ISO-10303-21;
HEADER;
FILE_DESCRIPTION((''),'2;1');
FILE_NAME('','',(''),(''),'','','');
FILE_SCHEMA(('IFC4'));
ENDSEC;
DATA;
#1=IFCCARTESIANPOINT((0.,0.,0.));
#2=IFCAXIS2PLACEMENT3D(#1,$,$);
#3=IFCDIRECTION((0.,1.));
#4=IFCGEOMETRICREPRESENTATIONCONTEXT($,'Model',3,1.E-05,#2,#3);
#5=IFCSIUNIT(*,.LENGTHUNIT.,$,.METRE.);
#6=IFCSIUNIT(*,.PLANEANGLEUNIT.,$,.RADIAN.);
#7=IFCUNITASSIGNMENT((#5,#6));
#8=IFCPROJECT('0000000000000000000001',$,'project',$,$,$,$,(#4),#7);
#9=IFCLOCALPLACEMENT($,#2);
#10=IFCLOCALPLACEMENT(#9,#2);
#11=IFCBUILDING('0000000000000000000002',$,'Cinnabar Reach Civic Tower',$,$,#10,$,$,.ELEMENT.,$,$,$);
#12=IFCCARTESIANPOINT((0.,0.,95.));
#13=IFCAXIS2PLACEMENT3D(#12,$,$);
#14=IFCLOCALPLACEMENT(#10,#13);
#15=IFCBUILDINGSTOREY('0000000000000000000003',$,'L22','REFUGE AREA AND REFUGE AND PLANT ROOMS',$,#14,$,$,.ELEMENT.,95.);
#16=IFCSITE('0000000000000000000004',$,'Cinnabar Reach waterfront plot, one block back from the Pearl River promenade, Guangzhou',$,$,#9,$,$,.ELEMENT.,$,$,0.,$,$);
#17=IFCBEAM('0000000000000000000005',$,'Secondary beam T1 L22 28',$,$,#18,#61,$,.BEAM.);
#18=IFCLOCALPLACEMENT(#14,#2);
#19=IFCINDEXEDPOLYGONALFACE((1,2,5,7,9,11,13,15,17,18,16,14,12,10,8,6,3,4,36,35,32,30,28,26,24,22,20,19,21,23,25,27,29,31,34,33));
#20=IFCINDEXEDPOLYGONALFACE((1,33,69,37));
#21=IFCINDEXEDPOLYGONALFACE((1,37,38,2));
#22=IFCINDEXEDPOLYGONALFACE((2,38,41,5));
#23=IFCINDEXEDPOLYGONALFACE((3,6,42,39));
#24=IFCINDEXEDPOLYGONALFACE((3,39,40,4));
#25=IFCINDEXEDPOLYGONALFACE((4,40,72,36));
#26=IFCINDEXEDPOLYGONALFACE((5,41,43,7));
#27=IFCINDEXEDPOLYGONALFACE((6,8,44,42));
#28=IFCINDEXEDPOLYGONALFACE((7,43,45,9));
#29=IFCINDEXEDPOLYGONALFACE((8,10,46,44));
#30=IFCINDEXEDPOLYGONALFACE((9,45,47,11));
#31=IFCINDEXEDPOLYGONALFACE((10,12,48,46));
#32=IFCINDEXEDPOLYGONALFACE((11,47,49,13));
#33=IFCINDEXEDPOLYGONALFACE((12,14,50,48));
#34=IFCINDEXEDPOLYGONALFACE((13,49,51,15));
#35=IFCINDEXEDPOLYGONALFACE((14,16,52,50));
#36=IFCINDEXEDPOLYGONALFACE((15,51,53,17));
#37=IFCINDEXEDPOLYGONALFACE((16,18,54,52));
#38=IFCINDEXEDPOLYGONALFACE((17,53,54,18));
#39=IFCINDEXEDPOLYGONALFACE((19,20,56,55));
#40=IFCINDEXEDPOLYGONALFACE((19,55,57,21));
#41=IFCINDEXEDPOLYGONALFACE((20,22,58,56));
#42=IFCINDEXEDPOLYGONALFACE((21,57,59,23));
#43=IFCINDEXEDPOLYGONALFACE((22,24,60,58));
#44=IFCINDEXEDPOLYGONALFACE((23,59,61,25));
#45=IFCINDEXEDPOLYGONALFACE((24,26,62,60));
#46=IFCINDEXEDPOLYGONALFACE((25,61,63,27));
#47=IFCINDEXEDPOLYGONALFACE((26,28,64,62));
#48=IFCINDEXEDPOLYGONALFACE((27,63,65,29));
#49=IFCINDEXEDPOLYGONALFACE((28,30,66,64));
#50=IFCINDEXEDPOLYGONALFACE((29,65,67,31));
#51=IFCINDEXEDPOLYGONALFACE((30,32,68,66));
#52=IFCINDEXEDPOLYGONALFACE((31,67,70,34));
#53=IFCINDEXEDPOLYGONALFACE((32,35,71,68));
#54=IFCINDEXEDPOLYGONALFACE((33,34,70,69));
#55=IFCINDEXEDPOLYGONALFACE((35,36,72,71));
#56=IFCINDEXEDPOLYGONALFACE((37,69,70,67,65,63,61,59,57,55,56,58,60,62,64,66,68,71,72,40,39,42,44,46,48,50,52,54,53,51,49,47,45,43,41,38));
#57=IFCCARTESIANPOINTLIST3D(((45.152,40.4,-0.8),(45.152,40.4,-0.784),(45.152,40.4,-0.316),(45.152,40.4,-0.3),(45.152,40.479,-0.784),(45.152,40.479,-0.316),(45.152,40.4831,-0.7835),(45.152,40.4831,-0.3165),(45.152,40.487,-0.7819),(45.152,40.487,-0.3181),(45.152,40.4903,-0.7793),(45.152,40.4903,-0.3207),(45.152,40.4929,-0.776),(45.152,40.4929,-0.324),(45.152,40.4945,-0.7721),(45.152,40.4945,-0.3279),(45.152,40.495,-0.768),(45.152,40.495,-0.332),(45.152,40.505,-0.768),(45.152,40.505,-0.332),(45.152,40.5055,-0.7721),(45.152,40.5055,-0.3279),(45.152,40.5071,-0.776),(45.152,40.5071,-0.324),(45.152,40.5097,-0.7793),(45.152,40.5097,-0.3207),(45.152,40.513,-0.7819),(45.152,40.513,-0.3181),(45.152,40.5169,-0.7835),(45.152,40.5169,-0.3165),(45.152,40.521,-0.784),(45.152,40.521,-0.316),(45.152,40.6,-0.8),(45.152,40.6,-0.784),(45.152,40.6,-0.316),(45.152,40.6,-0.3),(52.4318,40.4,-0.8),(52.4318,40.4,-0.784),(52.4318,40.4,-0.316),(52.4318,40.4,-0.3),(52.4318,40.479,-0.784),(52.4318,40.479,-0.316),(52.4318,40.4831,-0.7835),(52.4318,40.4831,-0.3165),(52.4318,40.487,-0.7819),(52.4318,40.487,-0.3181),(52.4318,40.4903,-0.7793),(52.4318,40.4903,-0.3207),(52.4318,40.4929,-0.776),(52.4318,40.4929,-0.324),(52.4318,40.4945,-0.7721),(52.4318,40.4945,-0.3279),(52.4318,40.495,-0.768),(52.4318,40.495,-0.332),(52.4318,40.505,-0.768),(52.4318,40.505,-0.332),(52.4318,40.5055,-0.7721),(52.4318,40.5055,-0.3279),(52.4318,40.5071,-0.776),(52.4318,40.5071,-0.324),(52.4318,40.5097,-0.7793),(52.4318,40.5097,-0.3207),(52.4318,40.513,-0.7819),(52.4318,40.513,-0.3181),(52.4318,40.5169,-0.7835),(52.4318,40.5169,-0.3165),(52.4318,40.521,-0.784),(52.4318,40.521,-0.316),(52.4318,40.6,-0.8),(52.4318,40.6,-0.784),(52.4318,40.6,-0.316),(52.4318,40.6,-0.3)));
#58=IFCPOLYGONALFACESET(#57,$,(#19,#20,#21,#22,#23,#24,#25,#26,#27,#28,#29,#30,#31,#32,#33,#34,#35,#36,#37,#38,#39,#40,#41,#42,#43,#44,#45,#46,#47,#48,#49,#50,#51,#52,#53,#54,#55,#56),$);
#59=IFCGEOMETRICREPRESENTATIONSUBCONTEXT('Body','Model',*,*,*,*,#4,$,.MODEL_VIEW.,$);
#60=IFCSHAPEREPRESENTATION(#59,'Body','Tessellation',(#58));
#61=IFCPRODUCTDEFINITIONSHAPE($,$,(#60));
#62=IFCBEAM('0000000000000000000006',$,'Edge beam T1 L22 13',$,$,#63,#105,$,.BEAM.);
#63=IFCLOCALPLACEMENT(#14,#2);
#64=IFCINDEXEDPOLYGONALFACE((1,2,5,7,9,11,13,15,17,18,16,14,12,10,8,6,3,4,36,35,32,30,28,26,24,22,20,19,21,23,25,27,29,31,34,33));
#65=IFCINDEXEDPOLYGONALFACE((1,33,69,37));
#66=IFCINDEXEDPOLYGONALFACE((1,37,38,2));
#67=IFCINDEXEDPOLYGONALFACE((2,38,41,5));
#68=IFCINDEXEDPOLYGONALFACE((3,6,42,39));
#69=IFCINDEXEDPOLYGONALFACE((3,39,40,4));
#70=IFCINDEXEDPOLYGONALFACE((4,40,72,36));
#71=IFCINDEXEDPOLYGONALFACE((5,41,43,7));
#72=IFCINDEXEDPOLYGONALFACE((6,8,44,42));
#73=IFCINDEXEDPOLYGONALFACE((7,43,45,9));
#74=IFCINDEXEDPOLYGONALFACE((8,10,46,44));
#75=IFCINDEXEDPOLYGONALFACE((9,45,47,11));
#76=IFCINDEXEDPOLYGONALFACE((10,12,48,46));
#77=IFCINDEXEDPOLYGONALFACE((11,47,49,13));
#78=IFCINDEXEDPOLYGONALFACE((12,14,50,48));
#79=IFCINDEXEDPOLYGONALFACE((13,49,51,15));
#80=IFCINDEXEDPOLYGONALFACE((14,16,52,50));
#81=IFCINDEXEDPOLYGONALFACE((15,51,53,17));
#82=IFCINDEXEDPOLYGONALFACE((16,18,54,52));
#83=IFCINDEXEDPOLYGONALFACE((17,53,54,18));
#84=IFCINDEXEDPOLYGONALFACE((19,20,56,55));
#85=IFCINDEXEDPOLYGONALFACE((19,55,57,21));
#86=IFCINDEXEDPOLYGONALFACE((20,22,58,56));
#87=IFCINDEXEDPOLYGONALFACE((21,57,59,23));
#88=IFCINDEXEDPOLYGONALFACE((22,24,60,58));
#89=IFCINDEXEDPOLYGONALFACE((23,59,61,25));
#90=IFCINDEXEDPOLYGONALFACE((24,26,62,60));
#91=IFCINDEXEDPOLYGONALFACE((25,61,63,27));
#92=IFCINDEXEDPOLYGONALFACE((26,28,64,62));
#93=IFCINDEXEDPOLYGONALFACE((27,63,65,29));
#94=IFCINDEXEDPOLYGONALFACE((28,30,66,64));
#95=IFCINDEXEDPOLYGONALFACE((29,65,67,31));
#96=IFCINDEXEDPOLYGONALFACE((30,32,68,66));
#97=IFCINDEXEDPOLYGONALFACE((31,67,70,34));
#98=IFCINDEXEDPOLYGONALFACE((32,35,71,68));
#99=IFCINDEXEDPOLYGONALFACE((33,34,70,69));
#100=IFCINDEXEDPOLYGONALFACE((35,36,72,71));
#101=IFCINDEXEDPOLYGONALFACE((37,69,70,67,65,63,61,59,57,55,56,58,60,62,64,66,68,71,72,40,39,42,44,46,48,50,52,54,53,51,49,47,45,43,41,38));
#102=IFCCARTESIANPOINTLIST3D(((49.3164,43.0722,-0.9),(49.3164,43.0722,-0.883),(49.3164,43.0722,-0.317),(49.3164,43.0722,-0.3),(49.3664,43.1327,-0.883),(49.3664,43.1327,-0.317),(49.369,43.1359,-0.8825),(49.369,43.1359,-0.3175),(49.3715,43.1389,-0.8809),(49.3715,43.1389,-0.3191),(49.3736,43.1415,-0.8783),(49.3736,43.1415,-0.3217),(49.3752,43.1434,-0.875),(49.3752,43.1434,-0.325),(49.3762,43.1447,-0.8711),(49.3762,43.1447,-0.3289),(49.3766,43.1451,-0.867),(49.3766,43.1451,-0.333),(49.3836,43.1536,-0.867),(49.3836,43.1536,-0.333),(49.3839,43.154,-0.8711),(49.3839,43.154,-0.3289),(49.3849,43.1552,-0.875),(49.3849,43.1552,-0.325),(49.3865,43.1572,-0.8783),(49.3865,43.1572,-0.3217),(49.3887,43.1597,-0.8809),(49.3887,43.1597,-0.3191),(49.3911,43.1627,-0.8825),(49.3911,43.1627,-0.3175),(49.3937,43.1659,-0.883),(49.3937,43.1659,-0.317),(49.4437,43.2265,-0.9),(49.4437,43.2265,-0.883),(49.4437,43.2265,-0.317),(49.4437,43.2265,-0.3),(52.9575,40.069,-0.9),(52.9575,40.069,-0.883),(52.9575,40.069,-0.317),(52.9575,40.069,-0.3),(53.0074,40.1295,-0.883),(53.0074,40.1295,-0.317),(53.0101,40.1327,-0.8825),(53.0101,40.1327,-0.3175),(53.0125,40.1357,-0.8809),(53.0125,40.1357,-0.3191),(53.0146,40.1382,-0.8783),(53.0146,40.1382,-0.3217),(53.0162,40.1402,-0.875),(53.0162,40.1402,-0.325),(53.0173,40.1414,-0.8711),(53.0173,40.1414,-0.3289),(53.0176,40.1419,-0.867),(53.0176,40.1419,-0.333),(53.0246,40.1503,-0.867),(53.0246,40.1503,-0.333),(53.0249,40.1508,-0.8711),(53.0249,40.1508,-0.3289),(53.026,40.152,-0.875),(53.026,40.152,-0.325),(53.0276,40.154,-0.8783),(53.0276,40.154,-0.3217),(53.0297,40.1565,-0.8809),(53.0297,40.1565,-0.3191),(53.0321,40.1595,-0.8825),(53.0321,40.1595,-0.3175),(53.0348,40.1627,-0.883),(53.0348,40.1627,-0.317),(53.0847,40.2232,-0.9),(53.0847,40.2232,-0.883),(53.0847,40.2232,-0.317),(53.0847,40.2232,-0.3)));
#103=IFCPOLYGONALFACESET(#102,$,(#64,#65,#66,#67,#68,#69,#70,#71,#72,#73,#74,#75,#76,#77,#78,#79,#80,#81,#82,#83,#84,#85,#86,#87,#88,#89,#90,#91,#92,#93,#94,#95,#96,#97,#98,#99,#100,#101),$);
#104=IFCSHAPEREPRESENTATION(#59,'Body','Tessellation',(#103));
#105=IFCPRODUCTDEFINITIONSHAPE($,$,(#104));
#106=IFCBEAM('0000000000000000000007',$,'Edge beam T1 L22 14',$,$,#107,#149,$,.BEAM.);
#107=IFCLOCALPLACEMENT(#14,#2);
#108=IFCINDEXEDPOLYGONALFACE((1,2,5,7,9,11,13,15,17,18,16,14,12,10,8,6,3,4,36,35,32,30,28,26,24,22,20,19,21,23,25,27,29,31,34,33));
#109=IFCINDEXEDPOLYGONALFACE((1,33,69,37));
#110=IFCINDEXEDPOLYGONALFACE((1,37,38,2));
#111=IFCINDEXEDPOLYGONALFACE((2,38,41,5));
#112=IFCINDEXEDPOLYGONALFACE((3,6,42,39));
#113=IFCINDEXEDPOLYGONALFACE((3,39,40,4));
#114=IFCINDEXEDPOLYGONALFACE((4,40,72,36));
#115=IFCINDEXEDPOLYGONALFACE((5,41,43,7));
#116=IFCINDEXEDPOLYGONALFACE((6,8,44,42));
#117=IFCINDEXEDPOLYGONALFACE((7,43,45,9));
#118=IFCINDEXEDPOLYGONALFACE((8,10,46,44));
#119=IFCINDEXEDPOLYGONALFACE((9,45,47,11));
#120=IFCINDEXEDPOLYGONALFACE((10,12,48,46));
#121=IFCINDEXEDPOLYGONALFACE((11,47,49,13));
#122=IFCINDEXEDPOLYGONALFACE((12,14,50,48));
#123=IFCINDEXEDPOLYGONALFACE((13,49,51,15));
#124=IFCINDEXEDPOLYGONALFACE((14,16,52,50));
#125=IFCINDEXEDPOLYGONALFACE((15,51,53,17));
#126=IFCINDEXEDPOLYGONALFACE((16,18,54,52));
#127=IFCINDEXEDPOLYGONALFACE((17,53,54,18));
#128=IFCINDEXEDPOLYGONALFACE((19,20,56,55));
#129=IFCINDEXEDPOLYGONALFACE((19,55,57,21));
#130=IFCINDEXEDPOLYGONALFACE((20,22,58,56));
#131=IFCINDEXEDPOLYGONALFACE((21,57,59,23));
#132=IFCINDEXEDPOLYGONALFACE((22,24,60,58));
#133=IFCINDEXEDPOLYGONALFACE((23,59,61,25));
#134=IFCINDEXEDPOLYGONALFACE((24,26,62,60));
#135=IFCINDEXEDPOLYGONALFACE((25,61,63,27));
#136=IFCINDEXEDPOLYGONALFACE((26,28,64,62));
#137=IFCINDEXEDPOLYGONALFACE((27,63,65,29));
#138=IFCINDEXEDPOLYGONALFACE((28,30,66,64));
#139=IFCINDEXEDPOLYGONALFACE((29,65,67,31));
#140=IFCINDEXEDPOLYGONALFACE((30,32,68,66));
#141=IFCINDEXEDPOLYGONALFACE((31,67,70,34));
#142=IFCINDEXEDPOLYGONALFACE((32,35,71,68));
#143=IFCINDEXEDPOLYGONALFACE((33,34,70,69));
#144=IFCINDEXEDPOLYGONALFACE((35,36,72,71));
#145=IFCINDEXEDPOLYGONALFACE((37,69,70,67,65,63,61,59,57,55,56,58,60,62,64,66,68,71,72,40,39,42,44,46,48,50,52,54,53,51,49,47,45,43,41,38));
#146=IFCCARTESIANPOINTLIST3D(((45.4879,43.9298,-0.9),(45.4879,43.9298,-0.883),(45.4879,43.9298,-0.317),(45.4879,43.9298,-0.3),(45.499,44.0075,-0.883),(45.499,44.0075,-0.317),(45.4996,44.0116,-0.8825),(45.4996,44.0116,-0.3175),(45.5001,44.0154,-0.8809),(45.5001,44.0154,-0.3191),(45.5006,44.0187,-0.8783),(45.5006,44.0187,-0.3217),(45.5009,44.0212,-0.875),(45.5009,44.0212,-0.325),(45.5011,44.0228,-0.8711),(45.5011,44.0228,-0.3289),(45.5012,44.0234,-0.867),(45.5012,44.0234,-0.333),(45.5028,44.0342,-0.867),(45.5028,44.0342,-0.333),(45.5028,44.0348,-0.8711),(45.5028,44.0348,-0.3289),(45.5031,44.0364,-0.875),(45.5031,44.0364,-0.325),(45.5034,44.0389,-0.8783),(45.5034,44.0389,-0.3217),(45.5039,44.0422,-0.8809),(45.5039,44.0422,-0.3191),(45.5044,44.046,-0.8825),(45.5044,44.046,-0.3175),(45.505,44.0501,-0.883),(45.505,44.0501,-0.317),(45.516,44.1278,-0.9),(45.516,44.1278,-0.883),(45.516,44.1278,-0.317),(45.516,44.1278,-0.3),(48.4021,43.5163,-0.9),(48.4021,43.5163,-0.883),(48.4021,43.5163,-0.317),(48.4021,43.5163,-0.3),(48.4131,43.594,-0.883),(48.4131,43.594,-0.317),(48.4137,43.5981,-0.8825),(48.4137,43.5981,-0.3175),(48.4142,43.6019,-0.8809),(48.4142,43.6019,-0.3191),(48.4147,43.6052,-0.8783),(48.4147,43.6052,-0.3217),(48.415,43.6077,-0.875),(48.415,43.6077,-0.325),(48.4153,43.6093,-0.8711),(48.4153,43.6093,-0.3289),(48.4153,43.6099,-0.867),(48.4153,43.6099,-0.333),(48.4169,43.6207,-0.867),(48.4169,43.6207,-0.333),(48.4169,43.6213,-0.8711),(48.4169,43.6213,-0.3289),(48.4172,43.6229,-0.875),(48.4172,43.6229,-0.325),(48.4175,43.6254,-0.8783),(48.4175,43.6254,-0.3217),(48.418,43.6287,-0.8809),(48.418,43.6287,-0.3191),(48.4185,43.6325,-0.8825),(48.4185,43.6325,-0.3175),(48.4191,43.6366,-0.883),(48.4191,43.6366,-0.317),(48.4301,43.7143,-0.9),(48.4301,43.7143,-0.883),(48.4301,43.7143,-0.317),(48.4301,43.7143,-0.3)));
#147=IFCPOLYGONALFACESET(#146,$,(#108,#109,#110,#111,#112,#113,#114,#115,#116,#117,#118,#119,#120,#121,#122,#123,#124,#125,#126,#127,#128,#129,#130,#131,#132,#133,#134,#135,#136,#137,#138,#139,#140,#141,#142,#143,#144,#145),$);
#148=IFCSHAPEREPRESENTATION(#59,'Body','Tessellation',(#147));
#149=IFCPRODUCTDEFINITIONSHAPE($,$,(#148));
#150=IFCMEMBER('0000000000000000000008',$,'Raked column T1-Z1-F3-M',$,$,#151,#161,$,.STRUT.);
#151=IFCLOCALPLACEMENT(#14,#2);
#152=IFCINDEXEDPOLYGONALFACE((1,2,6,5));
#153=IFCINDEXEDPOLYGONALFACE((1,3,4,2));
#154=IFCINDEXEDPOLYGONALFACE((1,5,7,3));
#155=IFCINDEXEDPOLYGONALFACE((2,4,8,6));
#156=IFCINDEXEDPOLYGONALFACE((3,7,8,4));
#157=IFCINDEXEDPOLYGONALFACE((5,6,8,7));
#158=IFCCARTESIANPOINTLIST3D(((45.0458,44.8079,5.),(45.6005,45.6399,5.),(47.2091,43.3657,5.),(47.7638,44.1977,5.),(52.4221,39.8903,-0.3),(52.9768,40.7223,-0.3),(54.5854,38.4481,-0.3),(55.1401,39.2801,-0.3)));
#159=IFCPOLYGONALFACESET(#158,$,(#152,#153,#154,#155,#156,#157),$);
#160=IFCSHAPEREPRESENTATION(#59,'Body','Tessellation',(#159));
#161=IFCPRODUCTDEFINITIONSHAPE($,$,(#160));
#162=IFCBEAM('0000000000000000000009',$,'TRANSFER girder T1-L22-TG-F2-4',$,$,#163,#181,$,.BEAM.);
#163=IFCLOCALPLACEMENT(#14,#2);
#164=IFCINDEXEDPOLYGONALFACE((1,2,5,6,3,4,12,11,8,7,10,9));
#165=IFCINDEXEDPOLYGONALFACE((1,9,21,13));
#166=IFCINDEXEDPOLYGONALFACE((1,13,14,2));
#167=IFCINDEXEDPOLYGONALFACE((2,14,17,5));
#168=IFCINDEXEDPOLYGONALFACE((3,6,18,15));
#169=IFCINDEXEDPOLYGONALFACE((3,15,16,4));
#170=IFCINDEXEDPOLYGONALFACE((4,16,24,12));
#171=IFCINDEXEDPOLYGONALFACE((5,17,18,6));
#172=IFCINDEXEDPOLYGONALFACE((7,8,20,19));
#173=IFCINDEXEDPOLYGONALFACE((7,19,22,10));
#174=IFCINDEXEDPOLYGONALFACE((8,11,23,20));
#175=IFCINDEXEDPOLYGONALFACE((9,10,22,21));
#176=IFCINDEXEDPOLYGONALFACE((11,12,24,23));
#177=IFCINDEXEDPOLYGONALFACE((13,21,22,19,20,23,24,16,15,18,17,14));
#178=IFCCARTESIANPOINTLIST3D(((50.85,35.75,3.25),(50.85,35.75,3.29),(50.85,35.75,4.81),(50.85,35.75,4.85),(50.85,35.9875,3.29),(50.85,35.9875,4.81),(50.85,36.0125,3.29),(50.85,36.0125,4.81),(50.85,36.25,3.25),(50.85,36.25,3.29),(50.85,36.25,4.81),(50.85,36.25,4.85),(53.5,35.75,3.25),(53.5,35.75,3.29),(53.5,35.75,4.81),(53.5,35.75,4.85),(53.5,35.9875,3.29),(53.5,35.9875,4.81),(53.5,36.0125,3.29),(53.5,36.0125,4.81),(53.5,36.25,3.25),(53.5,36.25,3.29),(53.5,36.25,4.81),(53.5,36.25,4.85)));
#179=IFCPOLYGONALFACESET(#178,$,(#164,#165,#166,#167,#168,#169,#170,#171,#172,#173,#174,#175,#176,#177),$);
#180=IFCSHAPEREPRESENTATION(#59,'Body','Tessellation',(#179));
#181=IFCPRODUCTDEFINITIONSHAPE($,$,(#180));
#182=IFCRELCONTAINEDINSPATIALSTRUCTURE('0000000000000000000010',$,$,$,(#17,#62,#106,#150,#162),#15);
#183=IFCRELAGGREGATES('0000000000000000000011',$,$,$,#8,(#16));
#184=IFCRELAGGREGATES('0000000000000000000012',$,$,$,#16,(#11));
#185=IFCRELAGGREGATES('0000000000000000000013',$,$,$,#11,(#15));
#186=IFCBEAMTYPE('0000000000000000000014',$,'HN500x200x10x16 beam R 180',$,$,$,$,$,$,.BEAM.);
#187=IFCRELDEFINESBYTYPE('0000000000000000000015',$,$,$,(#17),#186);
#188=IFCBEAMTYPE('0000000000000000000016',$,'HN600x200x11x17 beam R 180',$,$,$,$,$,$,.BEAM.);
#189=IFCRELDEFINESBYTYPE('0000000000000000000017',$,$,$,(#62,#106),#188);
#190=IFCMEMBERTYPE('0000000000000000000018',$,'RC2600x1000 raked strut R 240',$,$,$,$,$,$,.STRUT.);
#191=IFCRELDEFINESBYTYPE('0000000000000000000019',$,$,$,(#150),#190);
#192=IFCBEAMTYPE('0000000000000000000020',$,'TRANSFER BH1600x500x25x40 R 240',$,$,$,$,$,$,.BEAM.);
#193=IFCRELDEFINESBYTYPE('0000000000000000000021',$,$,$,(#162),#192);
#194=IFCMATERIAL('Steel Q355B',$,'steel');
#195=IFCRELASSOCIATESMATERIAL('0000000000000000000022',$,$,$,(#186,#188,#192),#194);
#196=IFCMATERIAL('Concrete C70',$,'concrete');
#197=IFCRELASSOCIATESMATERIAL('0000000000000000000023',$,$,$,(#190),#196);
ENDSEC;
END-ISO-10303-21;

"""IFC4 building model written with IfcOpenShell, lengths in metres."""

from ifc_helpers import new_model, si_unit, direction, frame, origin, origin_2d, place, context, subcontext, project, spatial, rectangle, i_section, extrude, material, material_profile, profile_set, type_object, element, save


model = new_model("IFC4")

# Units and contexts
model_context = context("Model", 3, precision=1e-05, world=origin(), true_north=direction((0.0, 1.0)))
body_context = subcontext(model_context, "Body", "Model", "MODEL_VIEW")
ifc_project = project(units=[si_unit("LENGTHUNIT", "METRE"), si_unit("PLANEANGLEUNIT", "RADIAN")], contexts=[model_context])

# Site, building, storey
site_placement = place(None, origin())
site = spatial("IfcSite", under=ifc_project, at=site_placement, Name="Cinnabar Reach waterfront plot, one block back from the Pearl River promenade, Guangzhou", CompositionType="ELEMENT", RefElevation=0.0)
building_placement = place(site_placement, origin())
building = spatial("IfcBuilding", under=site, at=building_placement, Name="Cinnabar Reach Civic Tower", CompositionType="ELEMENT")
storey_placement = place(building_placement, frame((0.0, 0.0, 95.0)))
storey = spatial("IfcBuildingStorey", under=building, at=storey_placement, Name="L22", Description="REFUGE AREA AND REFUGE AND PLANT ROOMS", CompositionType="ELEMENT", Elevation=95.0)

# Shared definitions
ifc_material_1 = material(Name="Concrete C70", Category="concrete")

# Beams
ifc_material_2 = material(Name="Steel Q355B", Category="steel")
ifc_material_profile_1 = material_profile(ifc_material_2, i_section(OverallWidth=0.2, OverallDepth=0.5, WebThickness=0.01, FlangeThickness=0.016, FilletRadius=0.016, at=origin_2d()), Name="HN500x200x10x16")
ifc_profile_set_1 = profile_set([ifc_material_profile_1], Name="Steel Q355B")
beam_type_1 = type_object("IfcBeamType", Name="HN500x200x10x16 beam R 180", PredefinedType="BEAM", material=ifc_profile_set_1)
beam_1_placement = place(storey_placement, frame((45.152, 40.5, -0.55), z_axis=(1.0, 0.0, 0.0), x_axis=(0.0, 1.0, 0.0)))
element("IfcBeam", 1, at=beam_1_placement, inside=storey, type_object=beam_type_1, Name="Secondary beam T1 L22 28", PredefinedType="BEAM", context=body_context, shape_type="SweptSolid", body=[
    extrude(i_section(OverallWidth=0.2, OverallDepth=0.5, WebThickness=0.01, FlangeThickness=0.016, FilletRadius=0.016, at=origin_2d()), origin(), (0.0, 0.0, 1.0), 7.2798),
])
ifc_material_profile_2 = material_profile(ifc_material_2, i_section(OverallWidth=0.2, OverallDepth=0.6, WebThickness=0.011, FlangeThickness=0.017, FilletRadius=0.016, at=origin_2d()), Name="HN600x200x11x17")
ifc_profile_set_2 = profile_set([ifc_material_profile_2], Name="Steel Q355B")
beam_type_2 = type_object("IfcBeamType", Name="HN600x200x11x17 beam R 180", PredefinedType="BEAM", material=ifc_profile_set_2)
beam_2_placement = place(storey_placement, frame((53.0211, 40.1461, -0.6), z_axis=(-0.771438, 0.636304, 0.0), x_axis=(-0.636304, -0.771438, 0.0)))
element("IfcBeam", 2, at=beam_2_placement, inside=storey, type_object=beam_type_2, Name="Edge beam T1 L22 13", PredefinedType="BEAM", context=body_context, shape_type="SweptSolid", body=[
    extrude(i_section(OverallWidth=0.2, OverallDepth=0.6, WebThickness=0.011, FlangeThickness=0.017, FilletRadius=0.016, at=origin_2d()), origin(), (0.0, 0.0, 1.0), 4.7198),
])
beam_3_placement = place(storey_placement, frame((48.4161, 43.6153, -0.6), z_axis=(-0.990082, 0.140489, 0.0), x_axis=(-0.140489, -0.990082, 0.0)))
element("IfcBeam", 3, at=beam_3_placement, inside=storey, type_object=beam_type_2, Name="Edge beam T1 L22 14", PredefinedType="BEAM", context=body_context, shape_type="SweptSolid", body=[
    extrude(i_section(OverallWidth=0.2, OverallDepth=0.6, WebThickness=0.011, FlangeThickness=0.017, FilletRadius=0.016, at=origin_2d()), origin(), (0.0, 0.0, 1.0), 2.9433),
])

# Member
ifc_material_profile_3 = material_profile(ifc_material_1, rectangle(XDim=2.6, YDim=1.0, at=origin_2d()), Name="RC2600x1000")
ifc_profile_set_3 = profile_set([ifc_material_profile_3], Name="Concrete C70")
member_type = type_object("IfcMemberType", Name="RC2600x1000 raked strut R 240", PredefinedType="STRUT", material=ifc_profile_set_3)
member_placement = place(storey_placement, frame((53.7811, 39.5852, -0.3), z_axis=(0.0, 0.0, 1.0), x_axis=(-0.832051, 0.554699, 0.0)))
element("IfcMember", 4, at=member_placement, inside=storey, type_object=member_type, Name="Raked column T1-Z1-F3-M", PredefinedType="STRUT", context=body_context, shape_type="SweptSolid", body=[
    extrude(rectangle(XDim=2.6, YDim=1.0, at=origin_2d()), origin(), (0.85831, -0.000006, 0.513132), 10.3287),
])

# Beam
ifc_material_profile_4 = material_profile(ifc_material_2, i_section(OverallWidth=0.5, OverallDepth=1.6, WebThickness=0.025, FlangeThickness=0.04, at=origin_2d()), Name="BH1600x500x25x40")
ifc_profile_set_4 = profile_set([ifc_material_profile_4], Name="Steel Q355B")
beam_type_3 = type_object("IfcBeamType", Name="TRANSFER BH1600x500x25x40 R 240", PredefinedType="BEAM", material=ifc_profile_set_4)
beam_4_placement = place(storey_placement, frame((53.5, 36.0, 4.05), z_axis=(-1.0, 0.0, 0.0), x_axis=(0.0, -1.0, 0.0)))
element("IfcBeam", 5, at=beam_4_placement, inside=storey, type_object=beam_type_3, Name="TRANSFER girder T1-L22-TG-F2-4", PredefinedType="BEAM", context=body_context, shape_type="SweptSolid", body=[
    extrude(i_section(OverallWidth=0.5, OverallDepth=1.6, WebThickness=0.025, FlangeThickness=0.04, at=origin_2d()), origin(), (0.0, 0.0, 1.0), 2.65),
])

save(model, "model.ifc")
